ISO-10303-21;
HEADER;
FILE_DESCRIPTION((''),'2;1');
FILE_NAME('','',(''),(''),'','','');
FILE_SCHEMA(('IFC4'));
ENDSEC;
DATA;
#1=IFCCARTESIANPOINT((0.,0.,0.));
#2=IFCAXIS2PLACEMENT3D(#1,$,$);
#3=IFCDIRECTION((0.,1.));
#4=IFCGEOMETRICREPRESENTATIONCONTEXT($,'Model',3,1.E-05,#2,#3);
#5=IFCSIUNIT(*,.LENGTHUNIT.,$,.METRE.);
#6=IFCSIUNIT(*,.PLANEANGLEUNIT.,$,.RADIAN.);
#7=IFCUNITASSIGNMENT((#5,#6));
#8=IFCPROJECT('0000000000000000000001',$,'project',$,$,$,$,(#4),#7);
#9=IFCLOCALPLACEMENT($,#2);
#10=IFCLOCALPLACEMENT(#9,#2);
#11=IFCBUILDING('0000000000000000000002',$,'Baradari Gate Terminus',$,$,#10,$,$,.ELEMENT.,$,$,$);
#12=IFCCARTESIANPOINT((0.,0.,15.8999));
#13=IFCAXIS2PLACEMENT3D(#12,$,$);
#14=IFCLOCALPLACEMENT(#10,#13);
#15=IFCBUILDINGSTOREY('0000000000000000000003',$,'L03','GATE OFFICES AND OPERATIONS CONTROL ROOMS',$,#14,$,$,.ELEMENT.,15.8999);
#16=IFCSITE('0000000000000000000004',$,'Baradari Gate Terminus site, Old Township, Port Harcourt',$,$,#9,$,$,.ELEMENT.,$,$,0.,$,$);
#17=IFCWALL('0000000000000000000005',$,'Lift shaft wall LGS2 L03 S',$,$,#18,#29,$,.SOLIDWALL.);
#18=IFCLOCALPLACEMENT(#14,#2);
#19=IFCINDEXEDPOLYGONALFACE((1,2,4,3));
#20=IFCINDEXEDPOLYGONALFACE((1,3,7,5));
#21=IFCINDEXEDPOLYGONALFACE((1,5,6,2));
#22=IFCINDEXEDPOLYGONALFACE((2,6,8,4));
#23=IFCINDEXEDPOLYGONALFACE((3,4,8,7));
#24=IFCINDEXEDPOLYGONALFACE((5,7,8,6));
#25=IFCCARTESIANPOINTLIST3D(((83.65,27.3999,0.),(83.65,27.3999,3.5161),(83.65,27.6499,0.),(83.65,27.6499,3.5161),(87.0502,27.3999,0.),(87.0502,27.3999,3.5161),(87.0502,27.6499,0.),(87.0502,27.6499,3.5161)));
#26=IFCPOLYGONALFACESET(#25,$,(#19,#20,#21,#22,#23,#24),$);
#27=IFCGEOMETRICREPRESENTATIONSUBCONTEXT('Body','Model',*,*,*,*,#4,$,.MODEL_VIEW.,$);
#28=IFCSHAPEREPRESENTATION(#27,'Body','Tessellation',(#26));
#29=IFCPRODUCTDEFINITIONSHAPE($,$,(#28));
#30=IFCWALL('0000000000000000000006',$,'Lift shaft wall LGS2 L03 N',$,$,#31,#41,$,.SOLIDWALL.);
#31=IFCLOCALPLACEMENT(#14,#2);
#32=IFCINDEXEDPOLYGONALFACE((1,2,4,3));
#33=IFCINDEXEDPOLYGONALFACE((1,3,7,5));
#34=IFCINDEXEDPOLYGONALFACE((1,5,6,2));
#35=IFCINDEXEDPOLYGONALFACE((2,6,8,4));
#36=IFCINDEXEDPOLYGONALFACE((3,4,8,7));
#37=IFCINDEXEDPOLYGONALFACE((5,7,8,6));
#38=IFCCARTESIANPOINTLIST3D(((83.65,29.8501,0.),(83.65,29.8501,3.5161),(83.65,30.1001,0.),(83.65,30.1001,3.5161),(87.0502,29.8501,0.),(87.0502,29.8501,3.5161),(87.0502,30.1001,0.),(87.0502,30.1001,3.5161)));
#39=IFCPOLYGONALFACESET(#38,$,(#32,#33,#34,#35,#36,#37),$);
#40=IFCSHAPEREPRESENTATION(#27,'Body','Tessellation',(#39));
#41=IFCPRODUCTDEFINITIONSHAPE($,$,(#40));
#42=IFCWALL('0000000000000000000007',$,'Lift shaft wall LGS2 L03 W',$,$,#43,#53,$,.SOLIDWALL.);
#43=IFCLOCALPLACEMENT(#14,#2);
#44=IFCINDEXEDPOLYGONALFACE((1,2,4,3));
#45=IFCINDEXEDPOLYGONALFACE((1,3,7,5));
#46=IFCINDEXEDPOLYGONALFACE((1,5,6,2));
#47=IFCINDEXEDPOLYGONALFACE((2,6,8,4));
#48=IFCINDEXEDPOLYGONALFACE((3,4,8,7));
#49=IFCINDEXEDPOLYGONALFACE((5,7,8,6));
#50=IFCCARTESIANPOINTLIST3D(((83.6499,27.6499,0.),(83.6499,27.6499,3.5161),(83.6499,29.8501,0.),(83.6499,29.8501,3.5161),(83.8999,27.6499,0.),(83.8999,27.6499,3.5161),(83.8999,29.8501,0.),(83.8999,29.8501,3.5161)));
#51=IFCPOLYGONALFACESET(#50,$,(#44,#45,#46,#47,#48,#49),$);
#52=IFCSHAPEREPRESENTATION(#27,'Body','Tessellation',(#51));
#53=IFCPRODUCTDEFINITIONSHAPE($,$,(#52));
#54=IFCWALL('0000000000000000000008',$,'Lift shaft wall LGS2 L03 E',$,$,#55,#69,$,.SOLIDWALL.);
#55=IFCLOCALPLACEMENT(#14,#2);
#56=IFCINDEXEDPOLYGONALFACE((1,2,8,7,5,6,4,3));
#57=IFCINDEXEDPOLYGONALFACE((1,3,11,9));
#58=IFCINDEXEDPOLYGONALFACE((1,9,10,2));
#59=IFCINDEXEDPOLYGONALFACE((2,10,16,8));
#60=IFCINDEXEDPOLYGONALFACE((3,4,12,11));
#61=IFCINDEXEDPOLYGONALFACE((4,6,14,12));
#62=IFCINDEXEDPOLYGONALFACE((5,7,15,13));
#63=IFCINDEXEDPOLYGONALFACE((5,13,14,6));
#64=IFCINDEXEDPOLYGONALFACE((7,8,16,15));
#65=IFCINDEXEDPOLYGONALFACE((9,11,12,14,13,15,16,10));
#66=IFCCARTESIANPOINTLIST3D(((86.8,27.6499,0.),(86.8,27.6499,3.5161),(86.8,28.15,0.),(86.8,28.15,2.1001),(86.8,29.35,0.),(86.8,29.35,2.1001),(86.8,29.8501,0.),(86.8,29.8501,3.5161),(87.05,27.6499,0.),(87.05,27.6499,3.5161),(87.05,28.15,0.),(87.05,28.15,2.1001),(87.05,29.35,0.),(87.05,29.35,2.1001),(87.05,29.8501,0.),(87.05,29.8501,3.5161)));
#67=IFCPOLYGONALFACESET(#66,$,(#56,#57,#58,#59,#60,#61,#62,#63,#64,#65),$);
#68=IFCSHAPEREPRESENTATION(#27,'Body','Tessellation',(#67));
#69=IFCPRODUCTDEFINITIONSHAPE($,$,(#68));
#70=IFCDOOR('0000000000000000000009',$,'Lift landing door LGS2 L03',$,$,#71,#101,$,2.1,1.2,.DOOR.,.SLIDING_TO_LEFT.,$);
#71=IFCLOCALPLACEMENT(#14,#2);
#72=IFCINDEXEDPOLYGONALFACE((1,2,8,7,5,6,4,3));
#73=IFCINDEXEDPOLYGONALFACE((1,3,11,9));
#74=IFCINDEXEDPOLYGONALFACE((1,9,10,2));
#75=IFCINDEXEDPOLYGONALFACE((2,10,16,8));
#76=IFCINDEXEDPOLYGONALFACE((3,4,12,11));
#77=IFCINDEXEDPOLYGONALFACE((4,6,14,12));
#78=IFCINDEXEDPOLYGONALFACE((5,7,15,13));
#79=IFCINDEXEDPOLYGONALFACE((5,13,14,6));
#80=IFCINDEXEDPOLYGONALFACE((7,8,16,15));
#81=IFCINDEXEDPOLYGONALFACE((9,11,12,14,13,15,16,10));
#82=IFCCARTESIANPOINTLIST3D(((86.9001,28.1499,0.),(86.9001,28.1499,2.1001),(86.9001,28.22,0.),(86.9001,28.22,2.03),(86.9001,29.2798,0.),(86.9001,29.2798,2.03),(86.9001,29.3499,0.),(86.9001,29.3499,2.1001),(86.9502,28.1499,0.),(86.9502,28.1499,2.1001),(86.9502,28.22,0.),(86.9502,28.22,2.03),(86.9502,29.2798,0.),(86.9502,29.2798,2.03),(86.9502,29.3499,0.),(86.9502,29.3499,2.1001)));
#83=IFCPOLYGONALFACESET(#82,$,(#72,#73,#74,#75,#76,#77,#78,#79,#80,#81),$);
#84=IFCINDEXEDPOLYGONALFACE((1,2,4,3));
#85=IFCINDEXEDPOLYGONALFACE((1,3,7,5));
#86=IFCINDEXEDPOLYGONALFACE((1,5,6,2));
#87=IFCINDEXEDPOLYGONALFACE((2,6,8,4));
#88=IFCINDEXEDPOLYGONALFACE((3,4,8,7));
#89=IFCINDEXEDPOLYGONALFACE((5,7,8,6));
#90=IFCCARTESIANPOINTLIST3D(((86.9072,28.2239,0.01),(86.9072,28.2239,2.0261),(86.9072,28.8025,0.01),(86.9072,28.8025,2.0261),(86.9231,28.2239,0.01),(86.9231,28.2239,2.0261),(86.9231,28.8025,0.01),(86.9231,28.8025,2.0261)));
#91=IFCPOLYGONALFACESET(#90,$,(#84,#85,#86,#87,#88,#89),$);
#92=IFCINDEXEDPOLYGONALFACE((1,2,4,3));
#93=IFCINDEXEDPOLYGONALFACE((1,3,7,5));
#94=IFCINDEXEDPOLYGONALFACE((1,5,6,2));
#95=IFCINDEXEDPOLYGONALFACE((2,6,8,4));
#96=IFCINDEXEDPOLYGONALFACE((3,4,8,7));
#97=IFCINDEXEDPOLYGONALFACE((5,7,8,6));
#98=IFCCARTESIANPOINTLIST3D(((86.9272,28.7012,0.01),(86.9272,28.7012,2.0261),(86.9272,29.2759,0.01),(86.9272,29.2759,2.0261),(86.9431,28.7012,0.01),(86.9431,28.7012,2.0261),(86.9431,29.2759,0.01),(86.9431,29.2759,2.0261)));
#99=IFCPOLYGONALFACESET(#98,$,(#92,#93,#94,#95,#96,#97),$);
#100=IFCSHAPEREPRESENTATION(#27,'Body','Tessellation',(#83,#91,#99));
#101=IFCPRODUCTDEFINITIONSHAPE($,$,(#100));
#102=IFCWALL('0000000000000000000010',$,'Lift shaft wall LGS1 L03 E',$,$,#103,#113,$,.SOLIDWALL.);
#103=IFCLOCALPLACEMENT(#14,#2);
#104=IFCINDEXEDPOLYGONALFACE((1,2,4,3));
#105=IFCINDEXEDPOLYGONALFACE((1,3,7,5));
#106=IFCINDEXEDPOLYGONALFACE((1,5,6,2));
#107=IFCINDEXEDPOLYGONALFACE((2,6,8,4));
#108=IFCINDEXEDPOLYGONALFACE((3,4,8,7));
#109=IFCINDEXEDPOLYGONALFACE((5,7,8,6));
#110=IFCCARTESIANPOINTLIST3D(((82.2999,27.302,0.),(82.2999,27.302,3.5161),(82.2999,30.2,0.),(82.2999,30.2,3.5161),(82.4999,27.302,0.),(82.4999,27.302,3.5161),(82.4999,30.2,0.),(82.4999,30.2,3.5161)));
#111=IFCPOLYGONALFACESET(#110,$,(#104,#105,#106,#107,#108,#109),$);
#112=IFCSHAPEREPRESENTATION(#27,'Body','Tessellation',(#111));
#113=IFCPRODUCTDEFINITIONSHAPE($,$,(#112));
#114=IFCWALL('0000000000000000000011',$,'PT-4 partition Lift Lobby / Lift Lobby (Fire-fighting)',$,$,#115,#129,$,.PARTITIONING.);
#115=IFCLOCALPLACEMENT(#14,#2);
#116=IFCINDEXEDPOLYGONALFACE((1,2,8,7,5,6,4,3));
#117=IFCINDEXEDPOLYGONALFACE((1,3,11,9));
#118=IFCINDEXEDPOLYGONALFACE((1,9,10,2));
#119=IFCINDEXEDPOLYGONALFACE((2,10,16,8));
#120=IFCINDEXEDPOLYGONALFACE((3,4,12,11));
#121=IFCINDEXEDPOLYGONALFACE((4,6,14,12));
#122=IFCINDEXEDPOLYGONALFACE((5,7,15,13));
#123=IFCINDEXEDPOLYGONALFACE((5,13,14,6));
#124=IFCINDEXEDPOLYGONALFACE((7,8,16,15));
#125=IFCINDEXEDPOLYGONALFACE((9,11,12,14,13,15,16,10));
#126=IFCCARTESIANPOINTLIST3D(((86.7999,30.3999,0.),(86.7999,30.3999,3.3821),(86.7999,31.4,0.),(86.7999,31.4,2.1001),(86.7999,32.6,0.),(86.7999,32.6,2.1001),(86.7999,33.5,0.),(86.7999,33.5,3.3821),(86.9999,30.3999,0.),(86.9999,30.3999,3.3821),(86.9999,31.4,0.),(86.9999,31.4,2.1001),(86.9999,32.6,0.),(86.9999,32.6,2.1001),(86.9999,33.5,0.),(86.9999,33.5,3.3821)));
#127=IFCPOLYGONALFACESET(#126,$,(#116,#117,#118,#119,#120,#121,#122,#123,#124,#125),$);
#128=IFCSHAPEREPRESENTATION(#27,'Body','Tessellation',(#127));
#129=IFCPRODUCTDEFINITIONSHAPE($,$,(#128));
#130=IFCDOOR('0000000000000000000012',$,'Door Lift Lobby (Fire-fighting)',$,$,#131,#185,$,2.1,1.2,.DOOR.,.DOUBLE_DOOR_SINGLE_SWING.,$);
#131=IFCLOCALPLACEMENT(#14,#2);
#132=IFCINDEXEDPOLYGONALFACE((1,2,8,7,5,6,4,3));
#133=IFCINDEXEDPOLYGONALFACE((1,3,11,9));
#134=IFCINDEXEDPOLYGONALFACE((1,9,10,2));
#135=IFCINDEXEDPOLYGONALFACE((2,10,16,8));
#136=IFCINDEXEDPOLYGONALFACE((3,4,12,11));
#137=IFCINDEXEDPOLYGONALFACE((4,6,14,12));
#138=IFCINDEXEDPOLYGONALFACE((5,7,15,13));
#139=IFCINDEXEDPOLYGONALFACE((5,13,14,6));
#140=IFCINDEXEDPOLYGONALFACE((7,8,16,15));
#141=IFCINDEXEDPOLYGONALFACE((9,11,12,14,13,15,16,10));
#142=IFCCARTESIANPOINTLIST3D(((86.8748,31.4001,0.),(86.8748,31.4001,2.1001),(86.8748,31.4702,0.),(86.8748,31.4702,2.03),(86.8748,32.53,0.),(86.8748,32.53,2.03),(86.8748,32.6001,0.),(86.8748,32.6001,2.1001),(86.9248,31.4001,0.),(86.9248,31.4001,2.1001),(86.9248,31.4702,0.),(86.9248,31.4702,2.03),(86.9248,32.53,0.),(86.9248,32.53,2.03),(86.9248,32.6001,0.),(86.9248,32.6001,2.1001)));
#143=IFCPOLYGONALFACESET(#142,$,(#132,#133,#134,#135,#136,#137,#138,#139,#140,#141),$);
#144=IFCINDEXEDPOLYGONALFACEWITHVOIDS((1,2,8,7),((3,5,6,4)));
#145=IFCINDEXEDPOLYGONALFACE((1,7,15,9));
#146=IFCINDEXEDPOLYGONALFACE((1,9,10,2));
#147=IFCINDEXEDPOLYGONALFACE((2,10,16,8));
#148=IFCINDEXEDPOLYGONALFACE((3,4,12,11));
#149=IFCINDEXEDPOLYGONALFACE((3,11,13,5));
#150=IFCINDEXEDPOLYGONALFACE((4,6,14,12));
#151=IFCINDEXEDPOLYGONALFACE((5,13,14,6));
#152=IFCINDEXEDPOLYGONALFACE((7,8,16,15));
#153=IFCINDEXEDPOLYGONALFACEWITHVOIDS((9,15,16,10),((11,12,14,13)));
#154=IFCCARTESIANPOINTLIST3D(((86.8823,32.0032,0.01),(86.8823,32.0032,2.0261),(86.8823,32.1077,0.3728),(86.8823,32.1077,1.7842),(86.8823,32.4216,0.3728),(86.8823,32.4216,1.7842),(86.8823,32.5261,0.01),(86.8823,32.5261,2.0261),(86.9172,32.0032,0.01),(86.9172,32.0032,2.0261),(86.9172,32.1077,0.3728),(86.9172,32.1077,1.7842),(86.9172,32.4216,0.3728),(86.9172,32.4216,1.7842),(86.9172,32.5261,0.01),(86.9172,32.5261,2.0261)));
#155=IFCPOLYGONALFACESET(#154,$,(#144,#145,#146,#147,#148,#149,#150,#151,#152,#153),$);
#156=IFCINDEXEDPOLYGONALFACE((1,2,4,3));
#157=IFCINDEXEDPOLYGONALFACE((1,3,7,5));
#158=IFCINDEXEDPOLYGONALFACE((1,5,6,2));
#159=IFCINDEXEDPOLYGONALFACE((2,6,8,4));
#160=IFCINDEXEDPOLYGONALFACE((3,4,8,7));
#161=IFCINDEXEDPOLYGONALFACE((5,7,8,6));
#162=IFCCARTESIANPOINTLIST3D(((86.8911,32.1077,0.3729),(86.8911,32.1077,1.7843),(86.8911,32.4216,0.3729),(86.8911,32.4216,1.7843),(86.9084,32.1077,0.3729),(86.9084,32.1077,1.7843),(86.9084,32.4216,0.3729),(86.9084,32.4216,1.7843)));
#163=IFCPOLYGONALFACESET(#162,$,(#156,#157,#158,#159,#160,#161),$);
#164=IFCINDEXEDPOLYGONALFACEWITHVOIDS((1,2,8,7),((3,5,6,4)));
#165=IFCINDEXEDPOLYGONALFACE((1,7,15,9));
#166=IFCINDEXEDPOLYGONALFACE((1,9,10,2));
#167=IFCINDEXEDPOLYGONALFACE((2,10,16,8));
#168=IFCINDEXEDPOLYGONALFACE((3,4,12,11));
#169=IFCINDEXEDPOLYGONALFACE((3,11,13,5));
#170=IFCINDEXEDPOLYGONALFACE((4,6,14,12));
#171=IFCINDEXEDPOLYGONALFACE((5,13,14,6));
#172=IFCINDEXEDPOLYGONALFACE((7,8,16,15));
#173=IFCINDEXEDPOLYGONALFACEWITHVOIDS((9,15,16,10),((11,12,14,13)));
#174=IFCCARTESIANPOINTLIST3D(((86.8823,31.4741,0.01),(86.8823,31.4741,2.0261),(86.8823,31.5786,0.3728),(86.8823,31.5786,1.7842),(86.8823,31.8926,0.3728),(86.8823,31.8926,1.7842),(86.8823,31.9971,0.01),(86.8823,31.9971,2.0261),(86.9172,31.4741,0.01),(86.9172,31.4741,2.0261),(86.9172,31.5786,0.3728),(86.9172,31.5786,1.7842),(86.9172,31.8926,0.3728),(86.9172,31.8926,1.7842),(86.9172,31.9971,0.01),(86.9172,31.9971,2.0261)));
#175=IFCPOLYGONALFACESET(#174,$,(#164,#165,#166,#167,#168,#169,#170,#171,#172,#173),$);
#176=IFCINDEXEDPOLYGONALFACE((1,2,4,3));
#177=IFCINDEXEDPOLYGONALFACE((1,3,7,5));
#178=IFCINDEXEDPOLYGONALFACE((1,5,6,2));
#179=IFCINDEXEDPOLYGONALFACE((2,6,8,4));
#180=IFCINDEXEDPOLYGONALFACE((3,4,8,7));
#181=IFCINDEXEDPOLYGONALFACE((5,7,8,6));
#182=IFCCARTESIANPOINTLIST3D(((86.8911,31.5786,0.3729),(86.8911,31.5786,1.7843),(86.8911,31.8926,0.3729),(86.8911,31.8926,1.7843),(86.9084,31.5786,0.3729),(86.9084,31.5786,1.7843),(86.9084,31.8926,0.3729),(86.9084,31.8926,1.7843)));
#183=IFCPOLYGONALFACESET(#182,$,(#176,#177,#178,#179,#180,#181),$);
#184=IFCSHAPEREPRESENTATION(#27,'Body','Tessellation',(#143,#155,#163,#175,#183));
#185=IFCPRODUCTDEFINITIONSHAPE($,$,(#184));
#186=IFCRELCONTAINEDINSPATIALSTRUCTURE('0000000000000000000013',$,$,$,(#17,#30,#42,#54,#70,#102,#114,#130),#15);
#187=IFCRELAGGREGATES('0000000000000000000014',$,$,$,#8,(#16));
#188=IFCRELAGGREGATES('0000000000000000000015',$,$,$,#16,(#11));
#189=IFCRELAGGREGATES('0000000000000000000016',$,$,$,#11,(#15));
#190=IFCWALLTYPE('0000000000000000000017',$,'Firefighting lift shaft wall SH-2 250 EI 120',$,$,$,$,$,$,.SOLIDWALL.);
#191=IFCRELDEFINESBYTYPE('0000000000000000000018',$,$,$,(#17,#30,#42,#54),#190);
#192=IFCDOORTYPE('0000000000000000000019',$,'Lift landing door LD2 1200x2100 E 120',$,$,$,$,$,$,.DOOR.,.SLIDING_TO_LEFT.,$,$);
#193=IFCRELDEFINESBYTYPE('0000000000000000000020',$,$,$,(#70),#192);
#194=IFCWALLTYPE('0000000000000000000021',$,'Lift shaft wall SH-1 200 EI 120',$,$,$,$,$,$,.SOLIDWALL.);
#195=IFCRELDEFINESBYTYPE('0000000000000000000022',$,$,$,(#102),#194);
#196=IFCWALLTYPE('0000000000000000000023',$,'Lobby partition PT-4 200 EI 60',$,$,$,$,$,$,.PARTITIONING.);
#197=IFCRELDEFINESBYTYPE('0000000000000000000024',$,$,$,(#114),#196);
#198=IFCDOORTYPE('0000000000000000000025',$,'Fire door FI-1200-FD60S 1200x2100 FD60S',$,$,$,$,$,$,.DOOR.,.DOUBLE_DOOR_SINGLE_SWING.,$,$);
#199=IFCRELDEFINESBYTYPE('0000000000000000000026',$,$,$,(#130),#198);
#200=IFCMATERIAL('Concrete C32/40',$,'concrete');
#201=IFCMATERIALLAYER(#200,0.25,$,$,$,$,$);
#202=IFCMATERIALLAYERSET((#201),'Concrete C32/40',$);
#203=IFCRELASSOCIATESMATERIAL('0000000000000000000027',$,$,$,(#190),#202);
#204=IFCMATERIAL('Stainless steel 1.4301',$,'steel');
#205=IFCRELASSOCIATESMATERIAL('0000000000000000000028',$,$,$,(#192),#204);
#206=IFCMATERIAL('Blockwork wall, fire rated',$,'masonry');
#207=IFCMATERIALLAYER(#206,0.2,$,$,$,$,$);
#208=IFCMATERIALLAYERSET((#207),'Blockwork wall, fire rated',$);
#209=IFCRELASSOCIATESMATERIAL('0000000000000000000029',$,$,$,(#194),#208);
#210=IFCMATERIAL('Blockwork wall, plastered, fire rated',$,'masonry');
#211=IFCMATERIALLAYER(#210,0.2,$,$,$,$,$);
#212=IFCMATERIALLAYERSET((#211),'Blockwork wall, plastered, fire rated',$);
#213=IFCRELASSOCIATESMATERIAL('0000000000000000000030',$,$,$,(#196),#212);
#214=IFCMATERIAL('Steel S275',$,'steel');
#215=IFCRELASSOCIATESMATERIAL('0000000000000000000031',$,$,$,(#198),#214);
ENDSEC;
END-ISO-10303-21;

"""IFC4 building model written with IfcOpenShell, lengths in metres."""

from ifc_helpers import new_model, si_unit, direction, frame, frame_2d, origin, place, context, subcontext, project, spatial, polyline, rectangle, outline, extrude, material, layer, layer_set, type_object, element, fill, save


model = new_model("IFC4")

# Units and contexts
model_context = context("Model", 3, precision=1e-05, world=origin(), true_north=direction((0.0, 1.0)))
body_context = subcontext(model_context, "Body", "Model", "MODEL_VIEW")
ifc_project = project(units=[si_unit("LENGTHUNIT", "METRE"), si_unit("PLANEANGLEUNIT", "RADIAN")], contexts=[model_context])

# Site, building, storey
site_placement = place(None, origin())
site = spatial("IfcSite", under=ifc_project, at=site_placement, Name="Baradari Gate Terminus site, Old Township, Port Harcourt", CompositionType="ELEMENT", RefElevation=0.0)
building_placement = place(site_placement, origin())
building = spatial("IfcBuilding", under=site, at=building_placement, Name="Baradari Gate Terminus", CompositionType="ELEMENT")
storey_placement = place(building_placement, frame((0.0, 0.0, 15.8999)))
storey = spatial("IfcBuildingStorey", under=building, at=storey_placement, Name="L03", Description="GATE OFFICES AND OPERATIONS CONTROL ROOMS", CompositionType="ELEMENT", Elevation=15.8999)

# Walls
ifc_material_1 = material(Name="Concrete C32/40", Category="concrete")
ifc_layer_1 = layer(ifc_material_1, 0.25)
ifc_layer_set_1 = layer_set([ifc_layer_1], Name="Concrete C32/40")
wall_type_1 = type_object("IfcWallType", Name="Firefighting lift shaft wall SH-2 250 EI 120", PredefinedType="SOLIDWALL", material=ifc_layer_set_1)
for number, where, z_axis, x_axis, name in (
    (1, (83.6499, 27.5249, 0.0), (0.0, 0.0, 1.0), (1.0, 0.0, 0.0), "Lift shaft wall LGS2 L03 S"),
    (2, (83.6499, 29.9751, 0.0), (0.0, 0.0, 1.0), (1.0, 0.0, 0.0), "Lift shaft wall LGS2 L03 N"),
):
    element("IfcWall", number, at=place(storey_placement, frame(where, z_axis=z_axis, x_axis=x_axis)), inside=storey, type_object=wall_type_1, Name=name, PredefinedType="SOLIDWALL", context=body_context, shape_type="SweptSolid", body=[
        extrude(rectangle(XDim=3.4001, YDim=0.25, at=frame_2d((1.7002, 0.0))), origin(), (0.0, 0.0, 1.0), 3.5161),
    ])
wall_1_placement = place(storey_placement, frame((83.7749, 27.6499, 0.0), z_axis=(0.0, 0.0, 1.0), x_axis=(0.0, 1.0, 0.0)))
element("IfcWall", 3, at=wall_1_placement, inside=storey, type_object=wall_type_1, Name="Lift shaft wall LGS2 L03 W", PredefinedType="SOLIDWALL", context=body_context, shape_type="SweptSolid", body=[
    extrude(rectangle(XDim=2.2002, YDim=0.25, at=frame_2d((1.1001, 0.0))), origin(), (0.0, 0.0, 1.0), 3.5161),
])

# Wall, opening, door
wall_2_placement = place(storey_placement, frame((86.925, 27.6499, 0.0), z_axis=(0.0, 0.0, 1.0), x_axis=(0.0, 1.0, 0.0)))
wall_2 = element("IfcWall", 4, at=wall_2_placement, inside=storey, type_object=wall_type_1, Name="Lift shaft wall LGS2 L03 E", PredefinedType="SOLIDWALL", context=body_context, shape_type="SweptSolid", body=[
    extrude(rectangle(XDim=2.2002, YDim=0.25, at=frame_2d((1.1001, 0.0))), origin(), (0.0, 0.0, 1.0), 3.5161),
])
opening_1_placement = place(wall_2_placement, frame((0.5, 0.0, 0.0)))
opening_1 = element("IfcOpeningElement", 5, at=opening_1_placement, cuts=wall_2, PredefinedType="OPENING", context=body_context, shape_type="SweptSolid", body=[
    extrude(rectangle(XDim=1.2, YDim=2.1001, at=frame_2d((0.6001, 1.05))), frame((0.0, 0.135, 0.0), z_axis=(0.0, -1.0, 0.0), x_axis=(1.0, 0.0, 0.0)), (0.0, 0.0, 1.0), 0.27),
])
ifc_material_2 = material(Name="Stainless steel 1.4301", Category="steel")
door_type_1 = type_object("IfcDoorType", Name="Lift landing door LD2 1200x2100 E 120", OperationType="SLIDING_TO_LEFT", PredefinedType="DOOR", material=ifc_material_2)
door_1_placement = place(opening_1_placement, origin())
door_1 = element("IfcDoor", 6, at=door_1_placement, inside=storey, type_object=door_type_1, Name="Lift landing door LGS2 L03", OperationType="SLIDING_TO_LEFT", OverallHeight=2.1, OverallWidth=1.2, PredefinedType="DOOR", context=body_context, shape_type="SweptSolid", body=[
    extrude(outline(polyline([(0.0, 0.0), (0.0701, 0.0), (0.0701, 2.03), (1.1299, 2.03), (1.1299, 0.0), (1.2, 0.0), (1.2, 2.1001), (0.0, 2.1001), (0.0, 0.0)])), frame((0.0, 0.0249, 0.0), z_axis=(0.0, -1.0, 0.0), x_axis=(1.0, 0.0, 0.0)), (0.0, 0.0, 1.0), 0.05),
    extrude(rectangle(XDim=0.5786, YDim=2.0161, at=frame_2d((0.3633, 1.0181))), frame((0.0, 0.0178, 0.0), z_axis=(0.0, -1.0, 0.0), x_axis=(1.0, 0.0, 0.0)), (0.0, 0.0, 1.0), 0.0159),
    extrude(rectangle(XDim=0.5747, YDim=2.0161, at=frame_2d((0.8386, 1.0181))), frame((0.0, -0.0022, 0.0), z_axis=(0.0, -1.0, 0.0), x_axis=(1.0, 0.0, 0.0)), (0.0, 0.0, 1.0), 0.0159),
])
fill(opening_1, door_1)

# Wall
ifc_material_3 = material(Name="Blockwork wall, fire rated", Category="masonry")
ifc_layer_2 = layer(ifc_material_3, 0.2)
ifc_layer_set_2 = layer_set([ifc_layer_2], Name="Blockwork wall, fire rated")
wall_type_2 = type_object("IfcWallType", Name="Lift shaft wall SH-1 200 EI 120", PredefinedType="SOLIDWALL", material=ifc_layer_set_2)
wall_3_placement = place(storey_placement, frame((82.3999, 27.302, 0.0), z_axis=(0.0, 0.0, 1.0), x_axis=(0.0, 1.0, 0.0)))
element("IfcWall", 7, at=wall_3_placement, inside=storey, type_object=wall_type_2, Name="Lift shaft wall LGS1 L03 E", PredefinedType="SOLIDWALL", context=body_context, shape_type="SweptSolid", body=[
    extrude(rectangle(XDim=2.8979, YDim=0.2, at=frame_2d((1.449, 0.0))), origin(), (0.0, 0.0, 1.0), 3.5161),
])

# Wall, opening, door
ifc_material_4 = material(Name="Blockwork wall, plastered, fire rated", Category="masonry")
ifc_layer_3 = layer(ifc_material_4, 0.2)
ifc_layer_set_3 = layer_set([ifc_layer_3], Name="Blockwork wall, plastered, fire rated")
wall_type_3 = type_object("IfcWallType", Name="Lobby partition PT-4 200 EI 60", PredefinedType="PARTITIONING", material=ifc_layer_set_3)
wall_4_placement = place(storey_placement, frame((86.8999, 33.5, 0.0), z_axis=(0.0, 0.0, 1.0), x_axis=(0.0, -1.0, 0.0)))
wall_4 = element("IfcWall", 8, at=wall_4_placement, inside=storey, type_object=wall_type_3, Name="PT-4 partition Lift Lobby / Lift Lobby (Fire-fighting)", PredefinedType="PARTITIONING", context=body_context, shape_type="SweptSolid", body=[
    extrude(rectangle(XDim=3.1001, YDim=0.2, at=frame_2d((1.55, 0.0))), origin(), (0.0, 0.0, 1.0), 3.3821),
])
opening_2_placement = place(wall_4_placement, frame((0.8999, 0.0, 0.0)))
opening_2 = element("IfcOpeningElement", 9, at=opening_2_placement, cuts=wall_4, PredefinedType="OPENING", context=body_context, shape_type="SweptSolid", body=[
    extrude(rectangle(XDim=1.2, YDim=2.1001, at=frame_2d((0.6001, 1.05))), frame((0.0, 0.1099, 0.0), z_axis=(0.0, -1.0, 0.0), x_axis=(1.0, 0.0, 0.0)), (0.0, 0.0, 1.0), 0.22),
])
ifc_material_5 = material(Name="Steel S275", Category="steel")
door_type_2 = type_object("IfcDoorType", Name="Fire door FI-1200-FD60S 1200x2100 FD60S", OperationType="DOUBLE_DOOR_SINGLE_SWING", PredefinedType="DOOR", material=ifc_material_5)
door_2_placement = place(opening_2_placement, origin())
door_2 = element("IfcDoor", 10, at=door_2_placement, inside=storey, type_object=door_type_2, Name="Door Lift Lobby (Fire-fighting)", OperationType="DOUBLE_DOOR_SINGLE_SWING", OverallHeight=2.1, OverallWidth=1.2, PredefinedType="DOOR", context=body_context, shape_type="SweptSolid", body=[
    extrude(outline(polyline([(0.0, 0.0), (0.0701, 0.0), (0.0701, 2.03), (1.1299, 2.03), (1.1299, 0.0), (1.2, 0.0), (1.2, 2.1001), (0.0, 2.1001), (0.0, 0.0)])), frame((0.0, 0.0249, 0.0), z_axis=(0.0, -1.0, 0.0), x_axis=(1.0, 0.0, 0.0)), (0.0, 0.0, 1.0), 0.05),
    extrude(outline(polyline([(0.074, 0.01), (0.5969, 0.01), (0.5969, 2.0261), (0.074, 2.0261), (0.074, 0.01)]), holes=[polyline([(0.1785, 0.3728), (0.4924, 0.3728), (0.4924, 1.7842), (0.1785, 1.7842), (0.1785, 0.3728)])]), frame((0.0, 0.0173, 0.0), z_axis=(0.0, -1.0, 0.0), x_axis=(1.0, 0.0, 0.0)), (0.0, 0.0, 1.0), 0.0349),
    extrude(rectangle(XDim=0.314, YDim=1.4114, at=frame_2d((0.3354, 1.0786))), frame((0.0, 0.0085, 0.0), z_axis=(0.0, -1.0, 0.0), x_axis=(1.0, 0.0, 0.0)), (0.0, 0.0, 1.0), 0.0173),
    extrude(outline(polyline([(0.603, 0.01), (1.126, 0.01), (1.126, 2.0261), (0.603, 2.0261), (0.603, 0.01)]), holes=[polyline([(0.7075, 0.3728), (1.0215, 0.3728), (1.0215, 1.7842), (0.7075, 1.7842), (0.7075, 0.3728)])]), frame((0.0, 0.0173, 0.0), z_axis=(0.0, -1.0, 0.0), x_axis=(1.0, 0.0, 0.0)), (0.0, 0.0, 1.0), 0.0349),
    extrude(rectangle(XDim=0.314, YDim=1.4114, at=frame_2d((0.8645, 1.0786))), frame((0.0, 0.0085, 0.0), z_axis=(0.0, -1.0, 0.0), x_axis=(1.0, 0.0, 0.0)), (0.0, 0.0, 1.0), 0.0173),
])
fill(opening_2, door_2)

save(model, "model.ifc")
